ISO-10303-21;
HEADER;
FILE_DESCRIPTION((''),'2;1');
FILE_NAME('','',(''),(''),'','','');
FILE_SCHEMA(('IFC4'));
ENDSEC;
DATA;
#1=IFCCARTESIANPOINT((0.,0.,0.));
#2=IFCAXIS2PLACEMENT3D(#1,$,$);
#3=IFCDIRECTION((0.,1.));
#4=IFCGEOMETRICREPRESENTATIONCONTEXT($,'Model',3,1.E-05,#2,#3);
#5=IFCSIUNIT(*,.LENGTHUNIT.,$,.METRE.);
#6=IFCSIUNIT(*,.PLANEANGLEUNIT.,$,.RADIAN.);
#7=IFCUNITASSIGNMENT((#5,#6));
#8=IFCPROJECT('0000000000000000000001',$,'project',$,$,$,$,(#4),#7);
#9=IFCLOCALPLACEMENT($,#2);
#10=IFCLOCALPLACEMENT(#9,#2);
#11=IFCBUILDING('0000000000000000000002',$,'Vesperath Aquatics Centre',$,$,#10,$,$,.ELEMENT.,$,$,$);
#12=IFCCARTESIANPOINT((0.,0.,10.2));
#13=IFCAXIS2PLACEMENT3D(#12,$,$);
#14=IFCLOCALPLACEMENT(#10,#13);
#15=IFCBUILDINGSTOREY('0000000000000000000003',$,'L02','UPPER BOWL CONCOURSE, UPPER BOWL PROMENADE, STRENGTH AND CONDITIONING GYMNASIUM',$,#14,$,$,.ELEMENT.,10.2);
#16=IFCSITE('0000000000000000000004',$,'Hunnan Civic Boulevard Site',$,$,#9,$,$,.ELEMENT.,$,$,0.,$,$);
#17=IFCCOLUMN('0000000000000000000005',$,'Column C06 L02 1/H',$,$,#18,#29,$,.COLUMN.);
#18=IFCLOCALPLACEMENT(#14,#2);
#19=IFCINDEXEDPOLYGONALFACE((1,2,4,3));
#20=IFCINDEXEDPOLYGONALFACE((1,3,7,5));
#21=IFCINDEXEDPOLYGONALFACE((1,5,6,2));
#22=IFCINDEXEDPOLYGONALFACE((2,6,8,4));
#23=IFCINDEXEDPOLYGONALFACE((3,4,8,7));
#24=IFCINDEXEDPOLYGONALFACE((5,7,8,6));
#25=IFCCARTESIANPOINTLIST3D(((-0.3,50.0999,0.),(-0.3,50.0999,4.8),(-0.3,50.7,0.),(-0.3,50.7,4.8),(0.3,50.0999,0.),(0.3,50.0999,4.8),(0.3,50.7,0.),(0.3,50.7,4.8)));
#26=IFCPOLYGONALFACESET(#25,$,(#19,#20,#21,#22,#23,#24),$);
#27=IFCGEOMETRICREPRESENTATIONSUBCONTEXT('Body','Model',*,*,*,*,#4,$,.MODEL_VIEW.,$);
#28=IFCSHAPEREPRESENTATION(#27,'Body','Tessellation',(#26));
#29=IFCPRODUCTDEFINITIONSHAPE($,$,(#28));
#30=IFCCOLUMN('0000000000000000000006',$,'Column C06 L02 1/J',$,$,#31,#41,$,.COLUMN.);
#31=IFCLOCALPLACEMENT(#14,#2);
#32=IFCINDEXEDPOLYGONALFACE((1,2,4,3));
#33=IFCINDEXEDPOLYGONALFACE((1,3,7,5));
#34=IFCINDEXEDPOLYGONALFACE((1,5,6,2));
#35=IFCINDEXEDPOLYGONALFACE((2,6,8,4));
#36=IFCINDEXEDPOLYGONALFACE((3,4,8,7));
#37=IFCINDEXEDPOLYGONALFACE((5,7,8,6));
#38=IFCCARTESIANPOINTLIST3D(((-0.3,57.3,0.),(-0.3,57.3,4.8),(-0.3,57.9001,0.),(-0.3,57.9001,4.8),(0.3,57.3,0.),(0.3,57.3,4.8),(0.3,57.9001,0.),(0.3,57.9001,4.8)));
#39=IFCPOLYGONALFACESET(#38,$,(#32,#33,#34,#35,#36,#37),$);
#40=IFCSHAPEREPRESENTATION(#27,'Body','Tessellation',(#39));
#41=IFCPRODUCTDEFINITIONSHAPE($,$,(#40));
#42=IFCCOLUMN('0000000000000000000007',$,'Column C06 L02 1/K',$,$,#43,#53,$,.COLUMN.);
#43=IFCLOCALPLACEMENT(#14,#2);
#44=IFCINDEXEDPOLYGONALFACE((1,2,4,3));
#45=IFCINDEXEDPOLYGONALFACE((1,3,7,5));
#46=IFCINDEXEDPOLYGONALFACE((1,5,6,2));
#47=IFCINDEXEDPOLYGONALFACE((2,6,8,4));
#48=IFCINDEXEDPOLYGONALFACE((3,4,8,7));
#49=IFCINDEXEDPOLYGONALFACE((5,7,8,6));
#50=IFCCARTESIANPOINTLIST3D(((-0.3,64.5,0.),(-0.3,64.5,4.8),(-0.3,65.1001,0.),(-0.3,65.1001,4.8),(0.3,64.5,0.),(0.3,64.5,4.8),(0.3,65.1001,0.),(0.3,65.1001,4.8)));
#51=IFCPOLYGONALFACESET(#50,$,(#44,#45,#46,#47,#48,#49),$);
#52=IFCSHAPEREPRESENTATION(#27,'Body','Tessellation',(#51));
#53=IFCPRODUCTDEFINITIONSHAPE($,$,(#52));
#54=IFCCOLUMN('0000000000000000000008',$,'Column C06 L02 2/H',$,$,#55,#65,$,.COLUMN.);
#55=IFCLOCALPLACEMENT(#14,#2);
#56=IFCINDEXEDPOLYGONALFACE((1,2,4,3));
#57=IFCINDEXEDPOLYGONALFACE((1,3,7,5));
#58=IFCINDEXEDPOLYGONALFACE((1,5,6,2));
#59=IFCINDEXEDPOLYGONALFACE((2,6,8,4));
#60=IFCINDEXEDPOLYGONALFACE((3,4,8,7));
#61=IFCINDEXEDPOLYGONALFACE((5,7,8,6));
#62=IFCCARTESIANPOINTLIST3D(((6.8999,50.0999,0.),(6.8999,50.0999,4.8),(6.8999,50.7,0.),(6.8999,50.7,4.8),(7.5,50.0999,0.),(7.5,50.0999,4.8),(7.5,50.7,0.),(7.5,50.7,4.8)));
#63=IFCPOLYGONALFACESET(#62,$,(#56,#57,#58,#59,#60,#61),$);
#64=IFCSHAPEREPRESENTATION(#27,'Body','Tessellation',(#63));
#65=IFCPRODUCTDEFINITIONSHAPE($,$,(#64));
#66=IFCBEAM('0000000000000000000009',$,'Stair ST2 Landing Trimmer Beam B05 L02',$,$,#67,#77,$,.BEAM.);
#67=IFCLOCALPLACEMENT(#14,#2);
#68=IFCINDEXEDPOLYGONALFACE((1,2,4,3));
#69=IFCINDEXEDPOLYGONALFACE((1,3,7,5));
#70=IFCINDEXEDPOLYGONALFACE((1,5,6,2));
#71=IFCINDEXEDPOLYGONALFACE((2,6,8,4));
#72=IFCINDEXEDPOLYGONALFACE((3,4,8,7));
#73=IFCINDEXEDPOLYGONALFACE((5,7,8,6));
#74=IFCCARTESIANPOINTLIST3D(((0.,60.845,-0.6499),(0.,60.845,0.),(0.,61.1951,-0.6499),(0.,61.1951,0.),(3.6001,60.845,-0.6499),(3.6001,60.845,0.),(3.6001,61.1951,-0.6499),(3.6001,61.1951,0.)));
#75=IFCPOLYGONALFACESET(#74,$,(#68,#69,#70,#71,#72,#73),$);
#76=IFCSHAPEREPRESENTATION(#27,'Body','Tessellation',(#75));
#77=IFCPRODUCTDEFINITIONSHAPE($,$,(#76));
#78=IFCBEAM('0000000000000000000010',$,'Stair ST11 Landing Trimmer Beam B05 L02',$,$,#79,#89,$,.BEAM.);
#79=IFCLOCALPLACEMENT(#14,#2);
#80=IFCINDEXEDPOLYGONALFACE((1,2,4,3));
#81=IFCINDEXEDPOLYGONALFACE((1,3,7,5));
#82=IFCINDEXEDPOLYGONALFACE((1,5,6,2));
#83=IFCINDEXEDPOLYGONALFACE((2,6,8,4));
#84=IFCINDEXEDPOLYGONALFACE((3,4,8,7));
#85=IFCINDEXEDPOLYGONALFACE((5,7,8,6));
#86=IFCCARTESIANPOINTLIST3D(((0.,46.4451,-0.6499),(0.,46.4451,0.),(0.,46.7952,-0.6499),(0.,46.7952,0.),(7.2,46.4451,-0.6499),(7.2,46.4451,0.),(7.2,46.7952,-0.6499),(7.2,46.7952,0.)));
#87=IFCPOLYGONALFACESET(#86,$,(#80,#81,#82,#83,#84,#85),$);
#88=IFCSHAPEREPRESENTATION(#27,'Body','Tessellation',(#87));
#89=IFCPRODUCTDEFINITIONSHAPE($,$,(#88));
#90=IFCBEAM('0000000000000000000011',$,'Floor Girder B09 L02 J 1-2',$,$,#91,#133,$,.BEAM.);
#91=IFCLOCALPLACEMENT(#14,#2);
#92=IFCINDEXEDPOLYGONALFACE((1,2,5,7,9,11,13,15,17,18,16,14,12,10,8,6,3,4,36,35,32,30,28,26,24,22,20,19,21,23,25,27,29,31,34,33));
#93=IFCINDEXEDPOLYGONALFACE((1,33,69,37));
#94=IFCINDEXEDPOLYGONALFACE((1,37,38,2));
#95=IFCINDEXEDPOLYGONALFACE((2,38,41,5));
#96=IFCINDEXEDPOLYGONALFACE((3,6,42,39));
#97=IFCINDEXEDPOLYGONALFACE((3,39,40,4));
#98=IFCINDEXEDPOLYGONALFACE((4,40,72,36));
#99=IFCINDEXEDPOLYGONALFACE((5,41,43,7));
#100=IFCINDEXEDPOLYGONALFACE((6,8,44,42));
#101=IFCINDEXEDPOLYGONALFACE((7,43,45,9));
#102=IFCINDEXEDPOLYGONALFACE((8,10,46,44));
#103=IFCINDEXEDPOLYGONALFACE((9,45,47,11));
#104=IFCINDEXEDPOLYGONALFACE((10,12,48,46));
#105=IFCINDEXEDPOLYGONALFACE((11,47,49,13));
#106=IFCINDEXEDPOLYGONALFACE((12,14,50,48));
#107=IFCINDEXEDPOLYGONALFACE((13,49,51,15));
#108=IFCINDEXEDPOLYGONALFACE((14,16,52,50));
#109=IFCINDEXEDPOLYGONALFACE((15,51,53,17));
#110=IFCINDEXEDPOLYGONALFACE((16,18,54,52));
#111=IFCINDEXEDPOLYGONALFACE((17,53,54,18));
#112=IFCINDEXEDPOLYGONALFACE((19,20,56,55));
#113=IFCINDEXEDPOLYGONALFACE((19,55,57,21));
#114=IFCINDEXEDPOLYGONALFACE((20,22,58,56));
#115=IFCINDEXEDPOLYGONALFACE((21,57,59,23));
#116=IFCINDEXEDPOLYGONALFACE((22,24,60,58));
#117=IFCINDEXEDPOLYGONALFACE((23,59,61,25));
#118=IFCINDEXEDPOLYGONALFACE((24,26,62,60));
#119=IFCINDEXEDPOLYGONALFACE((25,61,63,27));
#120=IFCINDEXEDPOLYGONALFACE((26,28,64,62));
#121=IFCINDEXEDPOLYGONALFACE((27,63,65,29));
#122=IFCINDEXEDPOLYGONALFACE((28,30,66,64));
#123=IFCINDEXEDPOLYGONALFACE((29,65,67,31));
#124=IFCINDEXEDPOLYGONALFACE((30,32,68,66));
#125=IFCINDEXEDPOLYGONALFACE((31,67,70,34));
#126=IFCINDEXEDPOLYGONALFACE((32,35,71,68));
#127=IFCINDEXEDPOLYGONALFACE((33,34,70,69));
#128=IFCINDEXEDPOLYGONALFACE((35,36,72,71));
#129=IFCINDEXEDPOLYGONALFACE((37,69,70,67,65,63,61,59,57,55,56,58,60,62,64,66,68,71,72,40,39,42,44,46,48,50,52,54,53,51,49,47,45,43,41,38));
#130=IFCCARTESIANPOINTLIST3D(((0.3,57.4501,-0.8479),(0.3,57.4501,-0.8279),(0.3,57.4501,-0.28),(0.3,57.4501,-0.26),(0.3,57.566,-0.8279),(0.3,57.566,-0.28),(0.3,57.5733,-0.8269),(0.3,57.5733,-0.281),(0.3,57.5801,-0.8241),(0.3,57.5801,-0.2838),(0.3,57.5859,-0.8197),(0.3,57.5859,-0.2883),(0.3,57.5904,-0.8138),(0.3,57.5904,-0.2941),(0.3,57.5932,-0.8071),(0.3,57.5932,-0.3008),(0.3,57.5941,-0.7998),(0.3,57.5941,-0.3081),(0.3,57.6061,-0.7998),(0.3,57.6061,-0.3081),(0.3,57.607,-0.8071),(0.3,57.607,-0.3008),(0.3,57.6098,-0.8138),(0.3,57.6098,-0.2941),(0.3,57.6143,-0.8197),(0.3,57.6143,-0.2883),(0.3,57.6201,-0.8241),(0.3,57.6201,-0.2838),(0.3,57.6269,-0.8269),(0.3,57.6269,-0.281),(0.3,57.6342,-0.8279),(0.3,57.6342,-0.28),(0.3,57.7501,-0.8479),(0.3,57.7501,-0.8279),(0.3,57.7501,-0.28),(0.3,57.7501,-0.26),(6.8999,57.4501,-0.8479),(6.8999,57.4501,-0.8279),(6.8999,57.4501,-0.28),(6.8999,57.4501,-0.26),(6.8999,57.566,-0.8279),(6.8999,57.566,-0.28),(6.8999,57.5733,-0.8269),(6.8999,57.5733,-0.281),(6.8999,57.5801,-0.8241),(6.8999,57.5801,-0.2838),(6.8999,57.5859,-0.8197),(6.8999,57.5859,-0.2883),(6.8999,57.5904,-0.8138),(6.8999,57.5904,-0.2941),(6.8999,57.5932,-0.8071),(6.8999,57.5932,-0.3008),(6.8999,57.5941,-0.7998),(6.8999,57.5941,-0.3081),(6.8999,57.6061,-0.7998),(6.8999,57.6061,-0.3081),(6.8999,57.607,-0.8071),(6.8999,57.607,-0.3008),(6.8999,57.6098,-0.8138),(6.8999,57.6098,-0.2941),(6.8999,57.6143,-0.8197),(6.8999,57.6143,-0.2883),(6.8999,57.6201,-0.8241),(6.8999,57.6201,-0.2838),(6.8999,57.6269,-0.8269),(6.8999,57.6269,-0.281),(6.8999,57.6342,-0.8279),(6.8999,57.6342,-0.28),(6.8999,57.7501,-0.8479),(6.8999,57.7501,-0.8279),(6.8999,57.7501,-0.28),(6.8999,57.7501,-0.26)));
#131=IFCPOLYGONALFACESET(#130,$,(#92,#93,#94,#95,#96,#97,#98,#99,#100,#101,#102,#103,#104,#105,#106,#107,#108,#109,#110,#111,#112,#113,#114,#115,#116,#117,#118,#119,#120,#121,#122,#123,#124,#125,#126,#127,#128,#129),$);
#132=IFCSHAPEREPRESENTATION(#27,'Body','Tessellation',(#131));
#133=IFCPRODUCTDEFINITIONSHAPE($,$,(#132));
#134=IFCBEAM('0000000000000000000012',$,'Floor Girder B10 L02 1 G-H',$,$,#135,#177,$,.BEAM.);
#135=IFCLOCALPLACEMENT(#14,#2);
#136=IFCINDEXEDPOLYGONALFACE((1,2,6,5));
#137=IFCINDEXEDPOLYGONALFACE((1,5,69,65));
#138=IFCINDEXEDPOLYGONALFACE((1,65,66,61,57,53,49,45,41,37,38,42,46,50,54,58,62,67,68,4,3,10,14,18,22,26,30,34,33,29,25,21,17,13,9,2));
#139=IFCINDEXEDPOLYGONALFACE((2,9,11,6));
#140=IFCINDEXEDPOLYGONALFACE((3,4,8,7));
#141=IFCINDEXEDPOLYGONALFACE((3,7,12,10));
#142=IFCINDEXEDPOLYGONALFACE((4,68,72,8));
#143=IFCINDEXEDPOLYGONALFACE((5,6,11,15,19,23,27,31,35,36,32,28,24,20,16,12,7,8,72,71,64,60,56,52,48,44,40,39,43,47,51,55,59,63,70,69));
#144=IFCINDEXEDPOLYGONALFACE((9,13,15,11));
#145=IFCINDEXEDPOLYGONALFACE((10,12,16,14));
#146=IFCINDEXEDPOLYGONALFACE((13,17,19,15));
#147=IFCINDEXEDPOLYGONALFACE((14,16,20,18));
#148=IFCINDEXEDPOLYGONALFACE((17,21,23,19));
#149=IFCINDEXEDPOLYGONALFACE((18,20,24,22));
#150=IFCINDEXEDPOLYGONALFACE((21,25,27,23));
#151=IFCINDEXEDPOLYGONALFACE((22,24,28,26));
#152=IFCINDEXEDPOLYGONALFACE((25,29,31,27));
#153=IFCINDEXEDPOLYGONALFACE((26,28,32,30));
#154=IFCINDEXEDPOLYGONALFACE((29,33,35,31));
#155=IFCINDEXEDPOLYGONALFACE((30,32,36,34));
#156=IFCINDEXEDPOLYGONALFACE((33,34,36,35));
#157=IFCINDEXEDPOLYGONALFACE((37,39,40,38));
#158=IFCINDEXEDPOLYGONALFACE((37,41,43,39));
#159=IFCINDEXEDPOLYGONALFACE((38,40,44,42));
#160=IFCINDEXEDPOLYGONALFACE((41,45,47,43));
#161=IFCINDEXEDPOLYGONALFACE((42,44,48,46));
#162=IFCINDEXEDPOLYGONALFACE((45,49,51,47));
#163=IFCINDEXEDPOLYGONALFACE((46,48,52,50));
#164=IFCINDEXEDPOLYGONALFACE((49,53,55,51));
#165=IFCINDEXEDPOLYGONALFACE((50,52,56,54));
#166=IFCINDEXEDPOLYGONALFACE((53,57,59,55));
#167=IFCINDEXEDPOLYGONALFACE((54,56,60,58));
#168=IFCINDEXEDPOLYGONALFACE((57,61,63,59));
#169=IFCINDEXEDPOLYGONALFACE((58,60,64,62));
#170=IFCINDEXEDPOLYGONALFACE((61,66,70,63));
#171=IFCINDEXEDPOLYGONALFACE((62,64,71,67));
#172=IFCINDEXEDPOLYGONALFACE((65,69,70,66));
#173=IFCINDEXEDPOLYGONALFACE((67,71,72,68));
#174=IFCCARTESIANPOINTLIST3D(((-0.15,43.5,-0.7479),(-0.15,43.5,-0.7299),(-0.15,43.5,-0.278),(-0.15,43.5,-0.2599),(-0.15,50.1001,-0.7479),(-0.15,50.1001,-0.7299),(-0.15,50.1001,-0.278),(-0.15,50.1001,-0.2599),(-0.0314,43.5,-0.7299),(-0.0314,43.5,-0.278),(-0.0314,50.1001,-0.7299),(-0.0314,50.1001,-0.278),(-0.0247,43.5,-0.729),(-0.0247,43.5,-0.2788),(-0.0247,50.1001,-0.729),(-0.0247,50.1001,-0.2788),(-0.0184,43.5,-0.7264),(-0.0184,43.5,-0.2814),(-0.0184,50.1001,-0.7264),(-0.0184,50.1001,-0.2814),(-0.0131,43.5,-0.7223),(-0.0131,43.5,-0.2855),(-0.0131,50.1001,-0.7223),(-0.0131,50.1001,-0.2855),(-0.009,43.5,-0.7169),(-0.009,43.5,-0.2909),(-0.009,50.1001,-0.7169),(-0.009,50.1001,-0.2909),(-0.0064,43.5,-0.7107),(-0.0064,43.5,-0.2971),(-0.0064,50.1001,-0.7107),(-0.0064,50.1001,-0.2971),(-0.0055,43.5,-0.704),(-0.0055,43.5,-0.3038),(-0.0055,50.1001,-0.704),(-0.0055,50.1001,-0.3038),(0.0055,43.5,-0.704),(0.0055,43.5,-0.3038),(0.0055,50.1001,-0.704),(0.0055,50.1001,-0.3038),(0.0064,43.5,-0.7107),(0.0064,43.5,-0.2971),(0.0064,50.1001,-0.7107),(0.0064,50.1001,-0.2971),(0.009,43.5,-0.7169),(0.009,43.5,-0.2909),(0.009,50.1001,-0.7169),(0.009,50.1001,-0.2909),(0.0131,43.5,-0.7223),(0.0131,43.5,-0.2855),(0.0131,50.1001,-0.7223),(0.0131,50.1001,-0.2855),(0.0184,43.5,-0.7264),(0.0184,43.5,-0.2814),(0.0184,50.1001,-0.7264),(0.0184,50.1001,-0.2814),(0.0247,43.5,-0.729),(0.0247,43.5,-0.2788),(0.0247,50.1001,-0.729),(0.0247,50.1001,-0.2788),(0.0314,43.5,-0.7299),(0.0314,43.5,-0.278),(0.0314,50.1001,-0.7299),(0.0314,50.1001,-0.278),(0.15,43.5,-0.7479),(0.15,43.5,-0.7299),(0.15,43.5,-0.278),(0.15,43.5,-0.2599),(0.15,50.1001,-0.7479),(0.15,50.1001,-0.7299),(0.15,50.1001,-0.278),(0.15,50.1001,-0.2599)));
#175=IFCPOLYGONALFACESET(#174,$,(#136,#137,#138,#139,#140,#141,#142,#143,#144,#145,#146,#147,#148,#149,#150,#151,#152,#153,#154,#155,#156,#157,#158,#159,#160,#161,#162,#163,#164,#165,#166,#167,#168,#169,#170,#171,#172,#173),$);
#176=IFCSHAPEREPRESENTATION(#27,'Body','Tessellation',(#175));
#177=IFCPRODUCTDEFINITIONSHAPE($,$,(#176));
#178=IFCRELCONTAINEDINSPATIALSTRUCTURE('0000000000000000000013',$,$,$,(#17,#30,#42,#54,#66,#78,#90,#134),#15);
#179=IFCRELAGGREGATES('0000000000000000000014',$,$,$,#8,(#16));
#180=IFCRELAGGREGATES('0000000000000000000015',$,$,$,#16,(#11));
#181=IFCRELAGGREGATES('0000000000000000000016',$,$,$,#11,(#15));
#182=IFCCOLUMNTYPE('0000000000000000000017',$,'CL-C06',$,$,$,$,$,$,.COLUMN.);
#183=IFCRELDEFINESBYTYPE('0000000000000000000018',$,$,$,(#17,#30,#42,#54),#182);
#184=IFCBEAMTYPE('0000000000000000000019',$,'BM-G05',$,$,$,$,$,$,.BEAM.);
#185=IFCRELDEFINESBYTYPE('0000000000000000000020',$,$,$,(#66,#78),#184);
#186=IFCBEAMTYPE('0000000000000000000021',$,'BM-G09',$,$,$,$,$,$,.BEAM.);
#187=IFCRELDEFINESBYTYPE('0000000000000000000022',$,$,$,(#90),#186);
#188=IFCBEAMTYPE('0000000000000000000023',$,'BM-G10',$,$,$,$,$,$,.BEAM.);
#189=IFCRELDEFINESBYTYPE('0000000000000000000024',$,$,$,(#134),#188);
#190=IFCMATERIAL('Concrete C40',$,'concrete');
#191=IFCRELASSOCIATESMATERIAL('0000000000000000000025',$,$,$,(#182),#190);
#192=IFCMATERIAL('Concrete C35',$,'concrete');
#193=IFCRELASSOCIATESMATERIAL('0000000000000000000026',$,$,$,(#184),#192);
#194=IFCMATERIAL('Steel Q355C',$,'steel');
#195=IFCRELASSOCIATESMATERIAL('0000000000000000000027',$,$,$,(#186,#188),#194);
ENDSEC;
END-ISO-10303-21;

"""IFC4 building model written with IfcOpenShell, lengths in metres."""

from ifc_helpers import new_model, si_unit, direction, frame, origin, origin_2d, place, context, subcontext, project, spatial, rectangle, i_section, extrude, material, material_profile, profile_set, type_object, element, save


model = new_model("IFC4")

# Units and contexts
model_context = context("Model", 3, precision=1e-05, world=origin(), true_north=direction((0.0, 1.0)))
body_context = subcontext(model_context, "Body", "Model", "MODEL_VIEW")
ifc_project = project(units=[si_unit("LENGTHUNIT", "METRE"), si_unit("PLANEANGLEUNIT", "RADIAN")], contexts=[model_context])

# Site, building, storey
site_placement = place(None, origin())
site = spatial("IfcSite", under=ifc_project, at=site_placement, Name="Hunnan Civic Boulevard Site", CompositionType="ELEMENT", RefElevation=0.0)
building_placement = place(site_placement, origin())
building = spatial("IfcBuilding", under=site, at=building_placement, Name="Vesperath Aquatics Centre", CompositionType="ELEMENT")
storey_placement = place(building_placement, frame((0.0, 0.0, 10.2)))
storey = spatial("IfcBuildingStorey", under=building, at=storey_placement, Name="L02", Description="UPPER BOWL CONCOURSE, UPPER BOWL PROMENADE, STRENGTH AND CONDITIONING GYMNASIUM", CompositionType="ELEMENT", Elevation=10.2)

# Columns
ifc_material_1 = material(Name="Concrete C40", Category="concrete")
ifc_material_profile_1 = material_profile(ifc_material_1, rectangle(XDim=0.6001, YDim=0.6001, at=origin_2d()), Name="RC 600x600")
ifc_profile_set_1 = profile_set([ifc_material_profile_1], Name="Concrete C40")
column_type = type_object("IfcColumnType", Name="CL-C06", PredefinedType="COLUMN", material=ifc_profile_set_1)
for number, where, z_axis, x_axis, name in (
    (1, (0.0, 50.3999, 0.0), (0.0, 0.0, 1.0), (1.0, 0.0, 0.0), "Column C06 L02 1/H"),
    (2, (0.0, 57.6001, 0.0), (0.0, 0.0, 1.0), (1.0, 0.0, 0.0), "Column C06 L02 1/J"),
    (3, (0.0, 64.8, 0.0), (0.0, 0.0, 1.0), (1.0, 0.0, 0.0), "Column C06 L02 1/K"),
    (4, (7.2, 50.3999, 0.0), (0.0, 0.0, 1.0), (1.0, 0.0, 0.0), "Column C06 L02 2/H"),
):
    element("IfcColumn", number, at=place(storey_placement, frame(where, z_axis=z_axis, x_axis=x_axis)), inside=storey, type_object=column_type, Name=name, PredefinedType="COLUMN", context=body_context, shape_type="SweptSolid", body=[
        extrude(rectangle(XDim=0.6001, YDim=0.6001, at=origin_2d()), origin(), (0.0, 0.0, 1.0), 4.8),
    ])

# Beams
ifc_material_2 = material(Name="Concrete C35", Category="concrete")
ifc_material_profile_2 = material_profile(ifc_material_2, rectangle(XDim=0.3501, YDim=0.6499, at=origin_2d()), Name="RC 350x650")
ifc_profile_set_2 = profile_set([ifc_material_profile_2], Name="Concrete C35")
beam_type_1 = type_object("IfcBeamType", Name="BM-G05", PredefinedType="BEAM", material=ifc_profile_set_2)
beam_1_placement = place(storey_placement, frame((0.0, 61.02, -0.325), z_axis=(1.0, 0.0, 0.0), x_axis=(0.0, 1.0, 0.0)))
element("IfcBeam", 5, at=beam_1_placement, inside=storey, type_object=beam_type_1, Name="Stair ST2 Landing Trimmer Beam B05 L02", PredefinedType="BEAM", context=body_context, shape_type="SweptSolid", body=[
    extrude(rectangle(XDim=0.3501, YDim=0.6499, at=origin_2d()), origin(), (0.0, 0.0, 1.0), 3.6001),
])
beam_2_placement = place(storey_placement, frame((0.0, 46.6201, -0.325), z_axis=(1.0, 0.0, 0.0), x_axis=(0.0, 1.0, 0.0)))
element("IfcBeam", 6, at=beam_2_placement, inside=storey, type_object=beam_type_1, Name="Stair ST11 Landing Trimmer Beam B05 L02", PredefinedType="BEAM", context=body_context, shape_type="SweptSolid", body=[
    extrude(rectangle(XDim=0.3501, YDim=0.6499, at=origin_2d()), origin(), (0.0, 0.0, 1.0), 7.2),
])
ifc_material_3 = material(Name="Steel Q355C", Category="steel")
ifc_material_profile_3 = material_profile(ifc_material_3, i_section(OverallWidth=0.3, OverallDepth=0.5879, WebThickness=0.012, FlangeThickness=0.02, FilletRadius=0.0281, at=origin_2d()), Name="HM 588x300x12x20")
ifc_profile_set_3 = profile_set([ifc_material_profile_3], Name="Steel Q355C")
beam_type_2 = type_object("IfcBeamType", Name="BM-G09", PredefinedType="BEAM", material=ifc_profile_set_3)
beam_3_placement = place(storey_placement, frame((0.3, 57.6001, -0.554), z_axis=(1.0, 0.0, 0.0), x_axis=(0.0, 1.0, 0.0)))
element("IfcBeam", 7, at=beam_3_placement, inside=storey, type_object=beam_type_2, Name="Floor Girder B09 L02 J 1-2", PredefinedType="BEAM", context=body_context, shape_type="SweptSolid", body=[
    extrude(i_section(OverallWidth=0.3, OverallDepth=0.5879, WebThickness=0.012, FlangeThickness=0.02, FilletRadius=0.0281, at=origin_2d()), origin(), (0.0, 0.0, 1.0), 6.5999),
])
ifc_material_profile_4 = material_profile(ifc_material_3, i_section(OverallWidth=0.3, OverallDepth=0.488, WebThickness=0.011, FlangeThickness=0.0181, FilletRadius=0.0259, at=origin_2d()), Name="HM 488x300x11x18")
ifc_profile_set_4 = profile_set([ifc_material_profile_4], Name="Steel Q355C")
beam_type_3 = type_object("IfcBeamType", Name="BM-G10", PredefinedType="BEAM", material=ifc_profile_set_4)
for number, where, z_axis, x_axis, name in (
    (8, (0.0, 43.5, -0.5039), (0.0, 1.0, 0.0), (-1.0, 0.0, 0.0), "Floor Girder B10 L02 1 G-H"),
):
    element("IfcBeam", number, at=place(storey_placement, frame(where, z_axis=z_axis, x_axis=x_axis)), inside=storey, type_object=beam_type_3, Name=name, PredefinedType="BEAM", context=body_context, shape_type="SweptSolid", body=[
        extrude(i_section(OverallWidth=0.3, OverallDepth=0.488, WebThickness=0.011, FlangeThickness=0.0181, FilletRadius=0.0259, at=origin_2d()), origin(), (0.0, 0.0, 1.0), 6.6001),
    ])

save(model, "model.ifc")
